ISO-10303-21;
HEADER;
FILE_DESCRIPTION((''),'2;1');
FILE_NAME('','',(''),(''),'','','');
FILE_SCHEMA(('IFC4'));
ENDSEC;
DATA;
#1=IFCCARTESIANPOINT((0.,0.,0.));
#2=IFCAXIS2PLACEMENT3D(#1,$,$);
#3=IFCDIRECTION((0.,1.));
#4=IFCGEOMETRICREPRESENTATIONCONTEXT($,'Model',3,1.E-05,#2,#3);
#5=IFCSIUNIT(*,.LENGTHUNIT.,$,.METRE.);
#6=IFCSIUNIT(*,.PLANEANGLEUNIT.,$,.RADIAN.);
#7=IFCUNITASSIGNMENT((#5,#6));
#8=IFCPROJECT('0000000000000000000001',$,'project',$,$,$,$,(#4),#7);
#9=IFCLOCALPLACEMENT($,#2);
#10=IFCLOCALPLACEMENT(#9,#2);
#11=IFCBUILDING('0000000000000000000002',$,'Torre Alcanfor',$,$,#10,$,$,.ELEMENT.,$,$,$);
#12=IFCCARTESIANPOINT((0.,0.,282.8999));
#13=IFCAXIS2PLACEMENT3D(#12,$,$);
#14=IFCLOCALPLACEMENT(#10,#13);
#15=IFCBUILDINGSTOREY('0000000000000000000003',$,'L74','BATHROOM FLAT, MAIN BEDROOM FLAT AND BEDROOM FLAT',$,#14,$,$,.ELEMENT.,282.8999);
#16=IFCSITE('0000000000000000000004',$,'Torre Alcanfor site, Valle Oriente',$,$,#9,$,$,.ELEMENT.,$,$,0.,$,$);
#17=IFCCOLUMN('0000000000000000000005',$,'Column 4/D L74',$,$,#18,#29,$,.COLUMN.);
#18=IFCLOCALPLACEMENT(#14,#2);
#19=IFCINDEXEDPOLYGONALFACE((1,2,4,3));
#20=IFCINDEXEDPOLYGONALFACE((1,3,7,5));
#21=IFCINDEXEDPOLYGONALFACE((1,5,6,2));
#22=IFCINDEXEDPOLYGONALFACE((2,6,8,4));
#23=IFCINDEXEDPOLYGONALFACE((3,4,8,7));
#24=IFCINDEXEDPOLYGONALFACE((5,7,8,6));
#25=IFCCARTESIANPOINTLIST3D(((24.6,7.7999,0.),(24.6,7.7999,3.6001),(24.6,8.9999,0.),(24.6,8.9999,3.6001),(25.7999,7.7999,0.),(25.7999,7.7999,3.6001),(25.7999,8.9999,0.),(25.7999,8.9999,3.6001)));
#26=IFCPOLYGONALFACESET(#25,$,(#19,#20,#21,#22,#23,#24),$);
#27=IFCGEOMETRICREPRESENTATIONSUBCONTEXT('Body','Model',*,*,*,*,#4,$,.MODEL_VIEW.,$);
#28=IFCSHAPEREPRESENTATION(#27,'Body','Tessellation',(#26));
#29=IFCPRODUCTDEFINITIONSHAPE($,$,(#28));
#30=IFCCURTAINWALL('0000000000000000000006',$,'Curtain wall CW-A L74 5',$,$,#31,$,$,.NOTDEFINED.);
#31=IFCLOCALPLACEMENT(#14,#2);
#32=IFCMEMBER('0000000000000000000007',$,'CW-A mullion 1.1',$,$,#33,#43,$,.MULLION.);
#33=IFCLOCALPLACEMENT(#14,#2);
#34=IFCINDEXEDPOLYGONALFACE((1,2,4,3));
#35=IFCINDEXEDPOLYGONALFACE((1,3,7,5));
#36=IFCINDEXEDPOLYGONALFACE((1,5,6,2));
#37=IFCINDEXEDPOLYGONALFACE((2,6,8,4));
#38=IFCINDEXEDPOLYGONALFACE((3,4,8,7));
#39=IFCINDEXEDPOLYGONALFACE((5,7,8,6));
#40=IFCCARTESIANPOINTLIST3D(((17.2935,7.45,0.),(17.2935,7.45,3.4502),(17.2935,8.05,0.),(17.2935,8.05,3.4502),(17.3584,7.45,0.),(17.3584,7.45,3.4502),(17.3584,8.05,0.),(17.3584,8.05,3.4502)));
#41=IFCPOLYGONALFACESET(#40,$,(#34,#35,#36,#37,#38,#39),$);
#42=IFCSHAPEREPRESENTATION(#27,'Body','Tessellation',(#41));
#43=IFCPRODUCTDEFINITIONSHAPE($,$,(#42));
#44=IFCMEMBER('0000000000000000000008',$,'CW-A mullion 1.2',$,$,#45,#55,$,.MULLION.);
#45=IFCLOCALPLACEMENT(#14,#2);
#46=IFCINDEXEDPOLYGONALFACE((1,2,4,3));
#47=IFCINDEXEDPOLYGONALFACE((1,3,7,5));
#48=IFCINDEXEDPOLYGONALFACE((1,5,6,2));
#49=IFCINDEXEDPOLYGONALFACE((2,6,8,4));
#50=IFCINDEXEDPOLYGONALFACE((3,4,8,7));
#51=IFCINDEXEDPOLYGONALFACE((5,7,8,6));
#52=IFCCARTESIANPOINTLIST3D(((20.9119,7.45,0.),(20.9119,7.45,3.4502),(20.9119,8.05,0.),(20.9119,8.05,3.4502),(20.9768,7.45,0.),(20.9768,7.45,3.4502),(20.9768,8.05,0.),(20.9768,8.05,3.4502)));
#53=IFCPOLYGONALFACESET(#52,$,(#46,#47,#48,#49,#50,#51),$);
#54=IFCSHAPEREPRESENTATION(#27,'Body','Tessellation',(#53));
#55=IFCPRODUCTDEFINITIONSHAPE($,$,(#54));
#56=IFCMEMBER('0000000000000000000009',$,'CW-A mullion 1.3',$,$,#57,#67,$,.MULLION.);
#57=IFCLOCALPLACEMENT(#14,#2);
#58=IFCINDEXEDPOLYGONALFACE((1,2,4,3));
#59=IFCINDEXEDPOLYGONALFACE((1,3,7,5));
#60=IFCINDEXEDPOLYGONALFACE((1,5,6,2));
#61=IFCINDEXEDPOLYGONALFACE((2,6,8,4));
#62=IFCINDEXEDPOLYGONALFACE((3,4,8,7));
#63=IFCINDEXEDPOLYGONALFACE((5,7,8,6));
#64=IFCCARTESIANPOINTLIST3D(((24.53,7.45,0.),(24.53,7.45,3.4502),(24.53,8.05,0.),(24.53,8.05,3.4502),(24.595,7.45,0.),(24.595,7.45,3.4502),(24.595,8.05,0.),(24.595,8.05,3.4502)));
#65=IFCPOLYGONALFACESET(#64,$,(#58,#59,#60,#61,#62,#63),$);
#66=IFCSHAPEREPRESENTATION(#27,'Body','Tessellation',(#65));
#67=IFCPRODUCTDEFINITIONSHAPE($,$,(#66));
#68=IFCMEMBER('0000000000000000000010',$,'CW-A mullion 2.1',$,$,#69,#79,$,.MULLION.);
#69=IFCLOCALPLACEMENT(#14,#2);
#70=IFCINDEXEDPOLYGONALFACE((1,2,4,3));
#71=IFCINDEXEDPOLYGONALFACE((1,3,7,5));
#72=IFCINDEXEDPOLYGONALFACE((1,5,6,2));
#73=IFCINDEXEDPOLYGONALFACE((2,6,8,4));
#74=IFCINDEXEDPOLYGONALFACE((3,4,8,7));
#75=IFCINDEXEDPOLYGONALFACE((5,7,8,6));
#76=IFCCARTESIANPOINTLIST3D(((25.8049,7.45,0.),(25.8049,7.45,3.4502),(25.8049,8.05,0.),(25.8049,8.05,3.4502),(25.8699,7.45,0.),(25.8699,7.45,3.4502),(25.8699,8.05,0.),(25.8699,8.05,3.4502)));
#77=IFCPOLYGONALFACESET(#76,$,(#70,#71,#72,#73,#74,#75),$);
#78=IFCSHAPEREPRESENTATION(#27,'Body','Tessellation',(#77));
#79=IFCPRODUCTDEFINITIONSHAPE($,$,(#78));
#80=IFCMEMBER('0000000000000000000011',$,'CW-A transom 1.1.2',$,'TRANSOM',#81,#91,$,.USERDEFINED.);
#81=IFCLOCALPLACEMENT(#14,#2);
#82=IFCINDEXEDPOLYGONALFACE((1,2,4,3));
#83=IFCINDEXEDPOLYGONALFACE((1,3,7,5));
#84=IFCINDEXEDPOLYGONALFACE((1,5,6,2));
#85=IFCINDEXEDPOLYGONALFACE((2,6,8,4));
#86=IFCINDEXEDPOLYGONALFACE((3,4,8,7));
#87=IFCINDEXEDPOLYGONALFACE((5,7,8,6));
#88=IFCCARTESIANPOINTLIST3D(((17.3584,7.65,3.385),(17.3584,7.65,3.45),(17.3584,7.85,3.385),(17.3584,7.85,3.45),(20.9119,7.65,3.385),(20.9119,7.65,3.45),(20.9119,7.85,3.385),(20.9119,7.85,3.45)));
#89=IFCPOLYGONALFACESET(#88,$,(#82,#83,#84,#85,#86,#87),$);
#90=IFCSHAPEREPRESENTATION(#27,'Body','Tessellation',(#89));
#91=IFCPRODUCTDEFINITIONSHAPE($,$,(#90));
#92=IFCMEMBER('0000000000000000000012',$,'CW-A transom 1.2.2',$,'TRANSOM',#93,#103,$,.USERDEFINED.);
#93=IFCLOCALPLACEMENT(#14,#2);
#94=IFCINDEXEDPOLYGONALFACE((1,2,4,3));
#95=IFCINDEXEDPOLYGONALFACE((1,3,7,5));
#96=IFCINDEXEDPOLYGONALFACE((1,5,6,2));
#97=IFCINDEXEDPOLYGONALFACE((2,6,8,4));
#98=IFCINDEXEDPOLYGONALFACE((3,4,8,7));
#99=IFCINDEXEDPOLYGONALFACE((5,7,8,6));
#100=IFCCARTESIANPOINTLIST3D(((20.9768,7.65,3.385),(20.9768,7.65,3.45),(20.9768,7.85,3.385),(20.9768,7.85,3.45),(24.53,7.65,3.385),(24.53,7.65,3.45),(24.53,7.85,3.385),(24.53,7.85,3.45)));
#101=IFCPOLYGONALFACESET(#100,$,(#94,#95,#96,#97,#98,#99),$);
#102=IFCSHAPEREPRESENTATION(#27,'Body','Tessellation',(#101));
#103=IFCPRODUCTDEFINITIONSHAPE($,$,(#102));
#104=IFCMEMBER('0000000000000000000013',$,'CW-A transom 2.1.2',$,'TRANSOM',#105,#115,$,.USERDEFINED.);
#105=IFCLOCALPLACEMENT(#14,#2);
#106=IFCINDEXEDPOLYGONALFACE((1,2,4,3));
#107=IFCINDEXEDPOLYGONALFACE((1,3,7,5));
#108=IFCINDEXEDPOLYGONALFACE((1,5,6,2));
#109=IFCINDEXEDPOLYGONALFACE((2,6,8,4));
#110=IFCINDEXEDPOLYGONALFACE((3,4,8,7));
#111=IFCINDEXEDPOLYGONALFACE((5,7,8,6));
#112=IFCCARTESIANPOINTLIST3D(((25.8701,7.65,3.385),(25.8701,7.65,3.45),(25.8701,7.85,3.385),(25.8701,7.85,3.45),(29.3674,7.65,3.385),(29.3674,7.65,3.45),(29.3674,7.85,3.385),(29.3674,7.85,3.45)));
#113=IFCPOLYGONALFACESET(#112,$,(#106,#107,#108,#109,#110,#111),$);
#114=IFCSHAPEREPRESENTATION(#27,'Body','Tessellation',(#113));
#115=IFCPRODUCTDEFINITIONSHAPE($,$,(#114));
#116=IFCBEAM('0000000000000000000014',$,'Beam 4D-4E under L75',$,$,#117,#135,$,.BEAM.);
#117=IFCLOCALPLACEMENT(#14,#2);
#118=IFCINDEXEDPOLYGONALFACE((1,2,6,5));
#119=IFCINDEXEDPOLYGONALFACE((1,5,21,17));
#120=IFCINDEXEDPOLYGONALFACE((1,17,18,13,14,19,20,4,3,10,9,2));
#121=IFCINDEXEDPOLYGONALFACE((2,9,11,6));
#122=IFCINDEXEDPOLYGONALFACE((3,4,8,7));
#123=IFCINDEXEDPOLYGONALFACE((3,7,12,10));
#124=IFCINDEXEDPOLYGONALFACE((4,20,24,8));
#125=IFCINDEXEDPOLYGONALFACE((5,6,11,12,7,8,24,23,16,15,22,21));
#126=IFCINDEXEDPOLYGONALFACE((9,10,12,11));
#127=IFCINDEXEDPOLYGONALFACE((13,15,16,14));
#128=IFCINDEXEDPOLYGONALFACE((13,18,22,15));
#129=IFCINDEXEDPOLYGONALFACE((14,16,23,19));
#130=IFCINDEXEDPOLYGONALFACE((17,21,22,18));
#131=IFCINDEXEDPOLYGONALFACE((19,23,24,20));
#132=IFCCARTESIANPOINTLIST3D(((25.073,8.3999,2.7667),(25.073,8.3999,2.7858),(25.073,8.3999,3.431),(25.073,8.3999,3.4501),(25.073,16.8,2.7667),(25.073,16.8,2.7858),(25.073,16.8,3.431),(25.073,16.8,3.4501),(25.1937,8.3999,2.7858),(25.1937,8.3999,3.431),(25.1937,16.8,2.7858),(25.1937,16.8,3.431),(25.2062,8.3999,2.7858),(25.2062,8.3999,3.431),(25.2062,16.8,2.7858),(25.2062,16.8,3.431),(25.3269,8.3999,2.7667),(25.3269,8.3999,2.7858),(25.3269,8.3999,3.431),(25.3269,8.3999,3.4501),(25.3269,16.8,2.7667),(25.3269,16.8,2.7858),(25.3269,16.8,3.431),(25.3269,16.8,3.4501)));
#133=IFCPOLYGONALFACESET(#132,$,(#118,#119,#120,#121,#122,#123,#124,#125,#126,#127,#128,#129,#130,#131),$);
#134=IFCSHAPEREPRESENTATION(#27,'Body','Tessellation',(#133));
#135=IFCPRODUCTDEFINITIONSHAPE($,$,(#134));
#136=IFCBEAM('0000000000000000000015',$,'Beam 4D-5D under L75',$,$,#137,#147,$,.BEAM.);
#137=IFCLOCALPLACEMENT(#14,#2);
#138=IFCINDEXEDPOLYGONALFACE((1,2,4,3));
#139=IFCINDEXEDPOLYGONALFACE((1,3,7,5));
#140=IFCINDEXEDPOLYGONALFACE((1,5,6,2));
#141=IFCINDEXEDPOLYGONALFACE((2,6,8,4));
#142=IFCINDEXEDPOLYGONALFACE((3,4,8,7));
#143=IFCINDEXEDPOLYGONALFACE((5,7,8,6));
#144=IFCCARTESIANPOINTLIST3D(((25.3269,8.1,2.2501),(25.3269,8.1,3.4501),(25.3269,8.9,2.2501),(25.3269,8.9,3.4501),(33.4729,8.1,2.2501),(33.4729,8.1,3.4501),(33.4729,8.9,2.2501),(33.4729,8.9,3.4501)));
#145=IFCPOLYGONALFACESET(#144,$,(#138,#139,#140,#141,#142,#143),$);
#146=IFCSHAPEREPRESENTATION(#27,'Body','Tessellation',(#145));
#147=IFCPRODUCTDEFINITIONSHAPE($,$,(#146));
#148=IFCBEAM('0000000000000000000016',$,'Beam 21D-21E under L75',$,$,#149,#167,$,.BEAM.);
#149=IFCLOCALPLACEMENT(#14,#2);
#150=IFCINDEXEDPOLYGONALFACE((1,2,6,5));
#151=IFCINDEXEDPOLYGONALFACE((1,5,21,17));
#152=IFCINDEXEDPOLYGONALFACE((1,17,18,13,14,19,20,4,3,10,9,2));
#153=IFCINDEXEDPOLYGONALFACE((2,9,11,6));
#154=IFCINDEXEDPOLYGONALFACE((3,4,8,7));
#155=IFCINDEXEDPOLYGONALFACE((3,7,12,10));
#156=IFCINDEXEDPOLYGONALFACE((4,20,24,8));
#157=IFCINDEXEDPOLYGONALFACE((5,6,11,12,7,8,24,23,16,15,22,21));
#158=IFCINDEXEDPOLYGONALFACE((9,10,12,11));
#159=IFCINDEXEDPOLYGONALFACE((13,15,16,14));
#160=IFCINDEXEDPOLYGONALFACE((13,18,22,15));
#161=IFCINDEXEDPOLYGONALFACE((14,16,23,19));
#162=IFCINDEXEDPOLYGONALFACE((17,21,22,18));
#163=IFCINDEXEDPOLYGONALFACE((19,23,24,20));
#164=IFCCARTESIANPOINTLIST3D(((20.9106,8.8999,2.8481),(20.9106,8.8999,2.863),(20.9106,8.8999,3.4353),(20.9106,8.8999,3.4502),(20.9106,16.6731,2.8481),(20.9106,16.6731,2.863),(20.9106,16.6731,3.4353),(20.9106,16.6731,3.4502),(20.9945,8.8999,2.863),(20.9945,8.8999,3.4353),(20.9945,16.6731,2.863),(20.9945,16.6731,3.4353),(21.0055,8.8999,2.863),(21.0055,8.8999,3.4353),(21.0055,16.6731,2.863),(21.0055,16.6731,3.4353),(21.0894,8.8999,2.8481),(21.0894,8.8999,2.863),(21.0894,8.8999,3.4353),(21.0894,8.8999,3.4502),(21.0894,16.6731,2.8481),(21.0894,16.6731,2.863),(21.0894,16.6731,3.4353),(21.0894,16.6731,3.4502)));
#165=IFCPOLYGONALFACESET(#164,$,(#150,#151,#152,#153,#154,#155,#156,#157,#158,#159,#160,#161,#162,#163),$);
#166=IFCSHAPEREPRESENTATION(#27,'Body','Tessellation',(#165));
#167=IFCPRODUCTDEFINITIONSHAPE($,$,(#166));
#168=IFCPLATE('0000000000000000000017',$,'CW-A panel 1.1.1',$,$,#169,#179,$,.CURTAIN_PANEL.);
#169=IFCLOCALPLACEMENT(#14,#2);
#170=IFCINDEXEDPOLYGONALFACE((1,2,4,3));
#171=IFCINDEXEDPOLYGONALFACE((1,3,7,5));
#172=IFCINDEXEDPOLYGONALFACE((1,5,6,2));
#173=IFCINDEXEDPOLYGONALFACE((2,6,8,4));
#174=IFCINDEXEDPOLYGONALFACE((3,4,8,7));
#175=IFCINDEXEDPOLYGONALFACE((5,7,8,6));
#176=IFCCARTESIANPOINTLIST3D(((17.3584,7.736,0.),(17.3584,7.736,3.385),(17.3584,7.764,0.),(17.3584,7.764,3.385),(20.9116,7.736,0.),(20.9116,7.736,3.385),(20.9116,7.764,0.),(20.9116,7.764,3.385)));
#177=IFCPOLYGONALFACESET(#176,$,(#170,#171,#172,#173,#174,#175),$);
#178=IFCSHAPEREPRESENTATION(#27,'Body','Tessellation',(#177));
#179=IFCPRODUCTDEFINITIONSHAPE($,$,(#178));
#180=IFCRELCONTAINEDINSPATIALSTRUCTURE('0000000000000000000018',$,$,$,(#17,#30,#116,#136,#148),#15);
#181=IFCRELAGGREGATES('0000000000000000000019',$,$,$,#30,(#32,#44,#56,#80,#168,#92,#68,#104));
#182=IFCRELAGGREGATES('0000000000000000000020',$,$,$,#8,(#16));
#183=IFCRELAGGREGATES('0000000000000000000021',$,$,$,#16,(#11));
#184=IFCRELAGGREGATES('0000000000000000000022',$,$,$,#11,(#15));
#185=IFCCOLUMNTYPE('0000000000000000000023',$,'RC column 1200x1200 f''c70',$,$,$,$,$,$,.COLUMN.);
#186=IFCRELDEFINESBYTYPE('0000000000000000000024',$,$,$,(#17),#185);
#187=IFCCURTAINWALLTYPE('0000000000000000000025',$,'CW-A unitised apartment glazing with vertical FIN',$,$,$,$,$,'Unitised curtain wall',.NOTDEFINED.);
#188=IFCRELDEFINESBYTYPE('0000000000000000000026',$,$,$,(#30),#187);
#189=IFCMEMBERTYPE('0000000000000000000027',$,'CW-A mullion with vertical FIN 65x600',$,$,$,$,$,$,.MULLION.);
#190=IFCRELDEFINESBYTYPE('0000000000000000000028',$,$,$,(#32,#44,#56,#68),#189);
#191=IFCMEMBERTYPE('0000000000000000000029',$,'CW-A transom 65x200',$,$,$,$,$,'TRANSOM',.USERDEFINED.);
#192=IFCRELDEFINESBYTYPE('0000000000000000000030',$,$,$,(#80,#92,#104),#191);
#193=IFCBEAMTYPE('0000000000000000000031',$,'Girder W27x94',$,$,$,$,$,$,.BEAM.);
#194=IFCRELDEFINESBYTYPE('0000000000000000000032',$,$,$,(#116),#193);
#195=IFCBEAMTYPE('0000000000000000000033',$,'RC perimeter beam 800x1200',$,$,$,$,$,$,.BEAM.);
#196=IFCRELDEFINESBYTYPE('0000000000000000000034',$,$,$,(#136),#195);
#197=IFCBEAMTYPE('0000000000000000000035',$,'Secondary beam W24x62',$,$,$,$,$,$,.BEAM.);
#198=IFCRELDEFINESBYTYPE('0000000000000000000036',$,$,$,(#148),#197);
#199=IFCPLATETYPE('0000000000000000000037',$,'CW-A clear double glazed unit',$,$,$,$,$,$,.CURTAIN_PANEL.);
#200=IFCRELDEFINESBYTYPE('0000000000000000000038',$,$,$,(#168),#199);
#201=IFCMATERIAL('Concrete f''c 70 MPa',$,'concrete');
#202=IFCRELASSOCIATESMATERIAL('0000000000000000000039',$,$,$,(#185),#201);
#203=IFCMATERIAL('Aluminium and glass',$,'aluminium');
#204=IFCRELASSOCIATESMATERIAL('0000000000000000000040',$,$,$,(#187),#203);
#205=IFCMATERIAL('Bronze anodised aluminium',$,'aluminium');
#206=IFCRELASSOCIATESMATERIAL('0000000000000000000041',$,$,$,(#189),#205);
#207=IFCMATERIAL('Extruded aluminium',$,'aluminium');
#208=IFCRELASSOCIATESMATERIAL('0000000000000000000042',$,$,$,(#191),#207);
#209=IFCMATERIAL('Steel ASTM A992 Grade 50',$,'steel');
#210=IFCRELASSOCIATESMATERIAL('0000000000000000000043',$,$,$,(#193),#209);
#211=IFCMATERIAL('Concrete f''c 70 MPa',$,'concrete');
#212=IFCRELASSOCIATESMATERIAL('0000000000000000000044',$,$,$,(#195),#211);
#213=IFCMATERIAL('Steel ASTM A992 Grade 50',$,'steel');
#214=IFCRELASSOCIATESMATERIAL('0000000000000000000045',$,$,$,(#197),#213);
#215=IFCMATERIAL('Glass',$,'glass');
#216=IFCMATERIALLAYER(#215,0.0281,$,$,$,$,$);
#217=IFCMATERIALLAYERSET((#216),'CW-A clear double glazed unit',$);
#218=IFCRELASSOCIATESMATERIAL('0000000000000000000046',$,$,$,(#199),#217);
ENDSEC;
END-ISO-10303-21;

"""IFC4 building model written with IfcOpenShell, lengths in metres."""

from ifc_helpers import new_model, si_unit, direction, frame, origin, origin_2d, place, context, subcontext, project, spatial, rectangle, i_section, extrude, material, layer, layer_set, material_profile, profile_set, type_object, element, aggregate, save


model = new_model("IFC4")

# Units and contexts
model_context = context("Model", 3, precision=1e-05, world=origin(), true_north=direction((0.0, 1.0)))
body_context = subcontext(model_context, "Body", "Model", "MODEL_VIEW")
ifc_project = project(units=[si_unit("LENGTHUNIT", "METRE"), si_unit("PLANEANGLEUNIT", "RADIAN")], contexts=[model_context])

# Site, building, storey
site_placement = place(None, origin())
site = spatial("IfcSite", under=ifc_project, at=site_placement, Name="Torre Alcanfor site, Valle Oriente", CompositionType="ELEMENT", RefElevation=0.0)
building_placement = place(site_placement, origin())
building = spatial("IfcBuilding", under=site, at=building_placement, Name="Torre Alcanfor", CompositionType="ELEMENT")
storey_placement = place(building_placement, frame((0.0, 0.0, 282.8999)))
storey = spatial("IfcBuildingStorey", under=building, at=storey_placement, Name="L74", Description="BATHROOM FLAT, MAIN BEDROOM FLAT AND BEDROOM FLAT", CompositionType="ELEMENT", Elevation=282.8999)

# Column
ifc_material_1 = material(Name="Concrete f'c 70 MPa", Category="concrete")
ifc_material_profile_1 = material_profile(ifc_material_1, rectangle(XDim=1.2, YDim=1.2, at=origin_2d()), Name="1200x1200")
ifc_profile_set_1 = profile_set([ifc_material_profile_1], Name="Concrete f'c 70 MPa")
column_type = type_object("IfcColumnType", Name="RC column 1200x1200 f'c70", PredefinedType="COLUMN", material=ifc_profile_set_1)
column_placement = place(storey_placement, frame((25.2, 8.3999, 0.0), z_axis=(0.0, 0.0, 1.0), x_axis=(1.0, 0.0, 0.0)))
element("IfcColumn", 1, at=column_placement, inside=storey, type_object=column_type, Name="Column 4/D L74", PredefinedType="COLUMN", context=body_context, shape_type="SweptSolid", body=[
    extrude(rectangle(XDim=1.2, YDim=1.2, at=origin_2d()), origin(), (0.0, 0.0, 1.0), 3.6001),
])

# Curtain wall, members
ifc_material_2 = material(Name="Aluminium and glass", Category="aluminium")
curtain_wall_type = type_object("IfcCurtainWallType", Name="CW-A unitised apartment glazing with vertical FIN", ElementType="Unitised curtain wall", PredefinedType="NOTDEFINED", material=ifc_material_2)
curtain_wall_placement = place(storey_placement, origin())
curtain_wall = element("IfcCurtainWall", 2, at=curtain_wall_placement, inside=storey, type_object=curtain_wall_type, Name="Curtain wall CW-A L74 5", PredefinedType="NOTDEFINED")
ifc_material_3 = material(Name="Bronze anodised aluminium", Category="aluminium")
ifc_material_profile_2 = material_profile(ifc_material_3, rectangle(XDim=0.6001, YDim=0.0649, at=origin_2d()), Name="CW-A mullion 65x600")
ifc_profile_set_2 = profile_set([ifc_material_profile_2], Name="Bronze anodised aluminium")
member_type_1 = type_object("IfcMemberType", Name="CW-A mullion with vertical FIN 65x600", PredefinedType="MULLION", material=ifc_profile_set_2)
member_1_placement = place(storey_placement, frame((17.3259, 7.75, 0.0), z_axis=(0.0, 0.0, 1.0), x_axis=(0.0, 1.0, 0.0)))
member_1 = element("IfcMember", 3, at=member_1_placement, type_object=member_type_1, Name="CW-A mullion 1.1", PredefinedType="MULLION", context=body_context, shape_type="SweptSolid", body=[
    extrude(rectangle(XDim=0.6001, YDim=0.0649, at=origin_2d()), origin(), (0.0, 0.0, 1.0), 3.4502),
])
member_2_placement = place(storey_placement, frame((20.9443, 7.75, 0.0), z_axis=(0.0, 0.0, 1.0), x_axis=(0.0, 1.0, 0.0)))
member_2 = element("IfcMember", 4, at=member_2_placement, type_object=member_type_1, Name="CW-A mullion 1.2", PredefinedType="MULLION", context=body_context, shape_type="SweptSolid", body=[
    extrude(rectangle(XDim=0.6001, YDim=0.0649, at=origin_2d()), origin(), (0.0, 0.0, 1.0), 3.4502),
])
member_3_placement = place(storey_placement, frame((24.5625, 7.75, 0.0), z_axis=(0.0, 0.0, 1.0), x_axis=(0.0, 1.0, 0.0)))
member_3 = element("IfcMember", 5, at=member_3_placement, type_object=member_type_1, Name="CW-A mullion 1.3", PredefinedType="MULLION", context=body_context, shape_type="SweptSolid", body=[
    extrude(rectangle(XDim=0.6001, YDim=0.0649, at=origin_2d()), origin(), (0.0, 0.0, 1.0), 3.4502),
])
member_4_placement = place(storey_placement, frame((25.8374, 7.75, 0.0), z_axis=(0.0, 0.0, 1.0), x_axis=(0.0, 1.0, 0.0)))
member_4 = element("IfcMember", 6, at=member_4_placement, type_object=member_type_1, Name="CW-A mullion 2.1", PredefinedType="MULLION", context=body_context, shape_type="SweptSolid", body=[
    extrude(rectangle(XDim=0.6001, YDim=0.0649, at=origin_2d()), origin(), (0.0, 0.0, 1.0), 3.4502),
])
ifc_material_4 = material(Name="Extruded aluminium", Category="aluminium")
ifc_material_profile_3 = material_profile(ifc_material_4, rectangle(XDim=0.2, YDim=0.0649, at=origin_2d()), Name="CW-A transom 200x65")
ifc_profile_set_3 = profile_set([ifc_material_profile_3], Name="Extruded aluminium")
member_type_2 = type_object("IfcMemberType", Name="CW-A transom 65x200", ElementType="TRANSOM", PredefinedType="USERDEFINED", material=ifc_profile_set_3)
member_5_placement = place(storey_placement, frame((17.3584, 7.75, 3.4175), z_axis=(1.0, 0.0, 0.0), x_axis=(0.0, 1.0, 0.0)))
member_5 = element("IfcMember", 7, at=member_5_placement, type_object=member_type_2, Name="CW-A transom 1.1.2", ObjectType="TRANSOM", PredefinedType="USERDEFINED", context=body_context, shape_type="SweptSolid", body=[
    extrude(rectangle(XDim=0.2, YDim=0.0649, at=origin_2d()), origin(), (0.0, 0.0, 1.0), 3.5535),
])
member_6_placement = place(storey_placement, frame((20.9768, 7.75, 3.4175), z_axis=(1.0, 0.0, 0.0), x_axis=(0.0, 1.0, 0.0)))
member_6 = element("IfcMember", 8, at=member_6_placement, type_object=member_type_2, Name="CW-A transom 1.2.2", ObjectType="TRANSOM", PredefinedType="USERDEFINED", context=body_context, shape_type="SweptSolid", body=[
    extrude(rectangle(XDim=0.2, YDim=0.0649, at=origin_2d()), origin(), (0.0, 0.0, 1.0), 3.5532),
])
member_7_placement = place(storey_placement, frame((25.8701, 7.75, 3.4175), z_axis=(1.0, 0.0, 0.0), x_axis=(0.0, 1.0, 0.0)))
member_7 = element("IfcMember", 9, at=member_7_placement, type_object=member_type_2, Name="CW-A transom 2.1.2", ObjectType="TRANSOM", PredefinedType="USERDEFINED", context=body_context, shape_type="SweptSolid", body=[
    extrude(rectangle(XDim=0.2, YDim=0.0649, at=origin_2d()), origin(), (0.0, 0.0, 1.0), 3.4973),
])

# Beams
ifc_material_5 = material(Name="Steel ASTM A992 Grade 50", Category="steel")
ifc_material_profile_4 = material_profile(ifc_material_5, i_section(OverallWidth=0.2539, OverallDepth=0.6833, WebThickness=0.0125, FlangeThickness=0.019, at=origin_2d()), Name="W27x94")
ifc_profile_set_4 = profile_set([ifc_material_profile_4], Name="Steel ASTM A992 Grade 50")
beam_type_1 = type_object("IfcBeamType", Name="Girder W27x94", PredefinedType="BEAM", material=ifc_profile_set_4)
beam_1_placement = place(storey_placement, frame((25.2, 8.3999, 3.1084), z_axis=(0.0, 1.0, 0.0), x_axis=(-1.0, 0.0, 0.0)))
element("IfcBeam", 10, at=beam_1_placement, inside=storey, type_object=beam_type_1, Name="Beam 4D-4E under L75", PredefinedType="BEAM", context=body_context, shape_type="SweptSolid", body=[
    extrude(i_section(OverallWidth=0.2539, OverallDepth=0.6833, WebThickness=0.0125, FlangeThickness=0.019, at=origin_2d()), origin(), (0.0, 0.0, 1.0), 8.4001),
])
ifc_material_6 = material(Name="Concrete f'c 70 MPa", Category="concrete")
ifc_material_profile_5 = material_profile(ifc_material_6, rectangle(XDim=0.8, YDim=1.2, at=origin_2d()), Name="800x1200")
ifc_profile_set_5 = profile_set([ifc_material_profile_5], Name="Concrete f'c 70 MPa")
beam_type_2 = type_object("IfcBeamType", Name="RC perimeter beam 800x1200", PredefinedType="BEAM", material=ifc_profile_set_5)
beam_2_placement = place(storey_placement, frame((25.3269, 8.5, 2.8501), z_axis=(1.0, 0.0, 0.0), x_axis=(0.0, 1.0, 0.0)))
element("IfcBeam", 11, at=beam_2_placement, inside=storey, type_object=beam_type_2, Name="Beam 4D-5D under L75", PredefinedType="BEAM", context=body_context, shape_type="SweptSolid", body=[
    extrude(rectangle(XDim=0.8, YDim=1.2, at=origin_2d()), origin(), (0.0, 0.0, 1.0), 8.146),
])
ifc_material_7 = material(Name="Steel ASTM A992 Grade 50", Category="steel")
ifc_material_profile_6 = material_profile(ifc_material_7, i_section(OverallWidth=0.1787, OverallDepth=0.6021, WebThickness=0.011, FlangeThickness=0.0149, at=origin_2d()), Name="W24x62")
ifc_profile_set_6 = profile_set([ifc_material_profile_6], Name="Steel ASTM A992 Grade 50")
beam_type_3 = type_object("IfcBeamType", Name="Secondary beam W24x62", PredefinedType="BEAM", material=ifc_profile_set_6)
beam_3_placement = place(storey_placement, frame((21.0, 8.8999, 3.1492), z_axis=(0.0, 1.0, 0.0), x_axis=(-1.0, 0.0, 0.0)))
element("IfcBeam", 12, at=beam_3_placement, inside=storey, type_object=beam_type_3, Name="Beam 21D-21E under L75", PredefinedType="BEAM", context=body_context, shape_type="SweptSolid", body=[
    extrude(i_section(OverallWidth=0.1787, OverallDepth=0.6021, WebThickness=0.011, FlangeThickness=0.0149, at=origin_2d()), origin(), (0.0, 0.0, 1.0), 7.7732),
])

# Plate
ifc_material_8 = material(Name="Glass", Category="glass")
ifc_layer_1 = layer(ifc_material_8, 0.0281)
ifc_layer_set_1 = layer_set([ifc_layer_1], Name="CW-A clear double glazed unit")
plate_type = type_object("IfcPlateType", Name="CW-A clear double glazed unit", PredefinedType="CURTAIN_PANEL", material=ifc_layer_set_1)
plate_1_placement = place(storey_placement, frame((19.135, 7.75, 0.0), z_axis=(0.0, 0.0, 1.0), x_axis=(1.0, 0.0, 0.0)))
plate_1 = element("IfcPlate", 13, at=plate_1_placement, type_object=plate_type, Name="CW-A panel 1.1.1", PredefinedType="CURTAIN_PANEL", context=body_context, shape_type="SweptSolid", body=[
    extrude(rectangle(XDim=3.5532, YDim=0.0281, at=origin_2d()), origin(), (0.0, 0.0, 1.0), 3.385),
])
aggregate(curtain_wall, [member_1, member_2, member_3, member_5, plate_1, member_6, member_4, member_7])

save(model, "model.ifc")
